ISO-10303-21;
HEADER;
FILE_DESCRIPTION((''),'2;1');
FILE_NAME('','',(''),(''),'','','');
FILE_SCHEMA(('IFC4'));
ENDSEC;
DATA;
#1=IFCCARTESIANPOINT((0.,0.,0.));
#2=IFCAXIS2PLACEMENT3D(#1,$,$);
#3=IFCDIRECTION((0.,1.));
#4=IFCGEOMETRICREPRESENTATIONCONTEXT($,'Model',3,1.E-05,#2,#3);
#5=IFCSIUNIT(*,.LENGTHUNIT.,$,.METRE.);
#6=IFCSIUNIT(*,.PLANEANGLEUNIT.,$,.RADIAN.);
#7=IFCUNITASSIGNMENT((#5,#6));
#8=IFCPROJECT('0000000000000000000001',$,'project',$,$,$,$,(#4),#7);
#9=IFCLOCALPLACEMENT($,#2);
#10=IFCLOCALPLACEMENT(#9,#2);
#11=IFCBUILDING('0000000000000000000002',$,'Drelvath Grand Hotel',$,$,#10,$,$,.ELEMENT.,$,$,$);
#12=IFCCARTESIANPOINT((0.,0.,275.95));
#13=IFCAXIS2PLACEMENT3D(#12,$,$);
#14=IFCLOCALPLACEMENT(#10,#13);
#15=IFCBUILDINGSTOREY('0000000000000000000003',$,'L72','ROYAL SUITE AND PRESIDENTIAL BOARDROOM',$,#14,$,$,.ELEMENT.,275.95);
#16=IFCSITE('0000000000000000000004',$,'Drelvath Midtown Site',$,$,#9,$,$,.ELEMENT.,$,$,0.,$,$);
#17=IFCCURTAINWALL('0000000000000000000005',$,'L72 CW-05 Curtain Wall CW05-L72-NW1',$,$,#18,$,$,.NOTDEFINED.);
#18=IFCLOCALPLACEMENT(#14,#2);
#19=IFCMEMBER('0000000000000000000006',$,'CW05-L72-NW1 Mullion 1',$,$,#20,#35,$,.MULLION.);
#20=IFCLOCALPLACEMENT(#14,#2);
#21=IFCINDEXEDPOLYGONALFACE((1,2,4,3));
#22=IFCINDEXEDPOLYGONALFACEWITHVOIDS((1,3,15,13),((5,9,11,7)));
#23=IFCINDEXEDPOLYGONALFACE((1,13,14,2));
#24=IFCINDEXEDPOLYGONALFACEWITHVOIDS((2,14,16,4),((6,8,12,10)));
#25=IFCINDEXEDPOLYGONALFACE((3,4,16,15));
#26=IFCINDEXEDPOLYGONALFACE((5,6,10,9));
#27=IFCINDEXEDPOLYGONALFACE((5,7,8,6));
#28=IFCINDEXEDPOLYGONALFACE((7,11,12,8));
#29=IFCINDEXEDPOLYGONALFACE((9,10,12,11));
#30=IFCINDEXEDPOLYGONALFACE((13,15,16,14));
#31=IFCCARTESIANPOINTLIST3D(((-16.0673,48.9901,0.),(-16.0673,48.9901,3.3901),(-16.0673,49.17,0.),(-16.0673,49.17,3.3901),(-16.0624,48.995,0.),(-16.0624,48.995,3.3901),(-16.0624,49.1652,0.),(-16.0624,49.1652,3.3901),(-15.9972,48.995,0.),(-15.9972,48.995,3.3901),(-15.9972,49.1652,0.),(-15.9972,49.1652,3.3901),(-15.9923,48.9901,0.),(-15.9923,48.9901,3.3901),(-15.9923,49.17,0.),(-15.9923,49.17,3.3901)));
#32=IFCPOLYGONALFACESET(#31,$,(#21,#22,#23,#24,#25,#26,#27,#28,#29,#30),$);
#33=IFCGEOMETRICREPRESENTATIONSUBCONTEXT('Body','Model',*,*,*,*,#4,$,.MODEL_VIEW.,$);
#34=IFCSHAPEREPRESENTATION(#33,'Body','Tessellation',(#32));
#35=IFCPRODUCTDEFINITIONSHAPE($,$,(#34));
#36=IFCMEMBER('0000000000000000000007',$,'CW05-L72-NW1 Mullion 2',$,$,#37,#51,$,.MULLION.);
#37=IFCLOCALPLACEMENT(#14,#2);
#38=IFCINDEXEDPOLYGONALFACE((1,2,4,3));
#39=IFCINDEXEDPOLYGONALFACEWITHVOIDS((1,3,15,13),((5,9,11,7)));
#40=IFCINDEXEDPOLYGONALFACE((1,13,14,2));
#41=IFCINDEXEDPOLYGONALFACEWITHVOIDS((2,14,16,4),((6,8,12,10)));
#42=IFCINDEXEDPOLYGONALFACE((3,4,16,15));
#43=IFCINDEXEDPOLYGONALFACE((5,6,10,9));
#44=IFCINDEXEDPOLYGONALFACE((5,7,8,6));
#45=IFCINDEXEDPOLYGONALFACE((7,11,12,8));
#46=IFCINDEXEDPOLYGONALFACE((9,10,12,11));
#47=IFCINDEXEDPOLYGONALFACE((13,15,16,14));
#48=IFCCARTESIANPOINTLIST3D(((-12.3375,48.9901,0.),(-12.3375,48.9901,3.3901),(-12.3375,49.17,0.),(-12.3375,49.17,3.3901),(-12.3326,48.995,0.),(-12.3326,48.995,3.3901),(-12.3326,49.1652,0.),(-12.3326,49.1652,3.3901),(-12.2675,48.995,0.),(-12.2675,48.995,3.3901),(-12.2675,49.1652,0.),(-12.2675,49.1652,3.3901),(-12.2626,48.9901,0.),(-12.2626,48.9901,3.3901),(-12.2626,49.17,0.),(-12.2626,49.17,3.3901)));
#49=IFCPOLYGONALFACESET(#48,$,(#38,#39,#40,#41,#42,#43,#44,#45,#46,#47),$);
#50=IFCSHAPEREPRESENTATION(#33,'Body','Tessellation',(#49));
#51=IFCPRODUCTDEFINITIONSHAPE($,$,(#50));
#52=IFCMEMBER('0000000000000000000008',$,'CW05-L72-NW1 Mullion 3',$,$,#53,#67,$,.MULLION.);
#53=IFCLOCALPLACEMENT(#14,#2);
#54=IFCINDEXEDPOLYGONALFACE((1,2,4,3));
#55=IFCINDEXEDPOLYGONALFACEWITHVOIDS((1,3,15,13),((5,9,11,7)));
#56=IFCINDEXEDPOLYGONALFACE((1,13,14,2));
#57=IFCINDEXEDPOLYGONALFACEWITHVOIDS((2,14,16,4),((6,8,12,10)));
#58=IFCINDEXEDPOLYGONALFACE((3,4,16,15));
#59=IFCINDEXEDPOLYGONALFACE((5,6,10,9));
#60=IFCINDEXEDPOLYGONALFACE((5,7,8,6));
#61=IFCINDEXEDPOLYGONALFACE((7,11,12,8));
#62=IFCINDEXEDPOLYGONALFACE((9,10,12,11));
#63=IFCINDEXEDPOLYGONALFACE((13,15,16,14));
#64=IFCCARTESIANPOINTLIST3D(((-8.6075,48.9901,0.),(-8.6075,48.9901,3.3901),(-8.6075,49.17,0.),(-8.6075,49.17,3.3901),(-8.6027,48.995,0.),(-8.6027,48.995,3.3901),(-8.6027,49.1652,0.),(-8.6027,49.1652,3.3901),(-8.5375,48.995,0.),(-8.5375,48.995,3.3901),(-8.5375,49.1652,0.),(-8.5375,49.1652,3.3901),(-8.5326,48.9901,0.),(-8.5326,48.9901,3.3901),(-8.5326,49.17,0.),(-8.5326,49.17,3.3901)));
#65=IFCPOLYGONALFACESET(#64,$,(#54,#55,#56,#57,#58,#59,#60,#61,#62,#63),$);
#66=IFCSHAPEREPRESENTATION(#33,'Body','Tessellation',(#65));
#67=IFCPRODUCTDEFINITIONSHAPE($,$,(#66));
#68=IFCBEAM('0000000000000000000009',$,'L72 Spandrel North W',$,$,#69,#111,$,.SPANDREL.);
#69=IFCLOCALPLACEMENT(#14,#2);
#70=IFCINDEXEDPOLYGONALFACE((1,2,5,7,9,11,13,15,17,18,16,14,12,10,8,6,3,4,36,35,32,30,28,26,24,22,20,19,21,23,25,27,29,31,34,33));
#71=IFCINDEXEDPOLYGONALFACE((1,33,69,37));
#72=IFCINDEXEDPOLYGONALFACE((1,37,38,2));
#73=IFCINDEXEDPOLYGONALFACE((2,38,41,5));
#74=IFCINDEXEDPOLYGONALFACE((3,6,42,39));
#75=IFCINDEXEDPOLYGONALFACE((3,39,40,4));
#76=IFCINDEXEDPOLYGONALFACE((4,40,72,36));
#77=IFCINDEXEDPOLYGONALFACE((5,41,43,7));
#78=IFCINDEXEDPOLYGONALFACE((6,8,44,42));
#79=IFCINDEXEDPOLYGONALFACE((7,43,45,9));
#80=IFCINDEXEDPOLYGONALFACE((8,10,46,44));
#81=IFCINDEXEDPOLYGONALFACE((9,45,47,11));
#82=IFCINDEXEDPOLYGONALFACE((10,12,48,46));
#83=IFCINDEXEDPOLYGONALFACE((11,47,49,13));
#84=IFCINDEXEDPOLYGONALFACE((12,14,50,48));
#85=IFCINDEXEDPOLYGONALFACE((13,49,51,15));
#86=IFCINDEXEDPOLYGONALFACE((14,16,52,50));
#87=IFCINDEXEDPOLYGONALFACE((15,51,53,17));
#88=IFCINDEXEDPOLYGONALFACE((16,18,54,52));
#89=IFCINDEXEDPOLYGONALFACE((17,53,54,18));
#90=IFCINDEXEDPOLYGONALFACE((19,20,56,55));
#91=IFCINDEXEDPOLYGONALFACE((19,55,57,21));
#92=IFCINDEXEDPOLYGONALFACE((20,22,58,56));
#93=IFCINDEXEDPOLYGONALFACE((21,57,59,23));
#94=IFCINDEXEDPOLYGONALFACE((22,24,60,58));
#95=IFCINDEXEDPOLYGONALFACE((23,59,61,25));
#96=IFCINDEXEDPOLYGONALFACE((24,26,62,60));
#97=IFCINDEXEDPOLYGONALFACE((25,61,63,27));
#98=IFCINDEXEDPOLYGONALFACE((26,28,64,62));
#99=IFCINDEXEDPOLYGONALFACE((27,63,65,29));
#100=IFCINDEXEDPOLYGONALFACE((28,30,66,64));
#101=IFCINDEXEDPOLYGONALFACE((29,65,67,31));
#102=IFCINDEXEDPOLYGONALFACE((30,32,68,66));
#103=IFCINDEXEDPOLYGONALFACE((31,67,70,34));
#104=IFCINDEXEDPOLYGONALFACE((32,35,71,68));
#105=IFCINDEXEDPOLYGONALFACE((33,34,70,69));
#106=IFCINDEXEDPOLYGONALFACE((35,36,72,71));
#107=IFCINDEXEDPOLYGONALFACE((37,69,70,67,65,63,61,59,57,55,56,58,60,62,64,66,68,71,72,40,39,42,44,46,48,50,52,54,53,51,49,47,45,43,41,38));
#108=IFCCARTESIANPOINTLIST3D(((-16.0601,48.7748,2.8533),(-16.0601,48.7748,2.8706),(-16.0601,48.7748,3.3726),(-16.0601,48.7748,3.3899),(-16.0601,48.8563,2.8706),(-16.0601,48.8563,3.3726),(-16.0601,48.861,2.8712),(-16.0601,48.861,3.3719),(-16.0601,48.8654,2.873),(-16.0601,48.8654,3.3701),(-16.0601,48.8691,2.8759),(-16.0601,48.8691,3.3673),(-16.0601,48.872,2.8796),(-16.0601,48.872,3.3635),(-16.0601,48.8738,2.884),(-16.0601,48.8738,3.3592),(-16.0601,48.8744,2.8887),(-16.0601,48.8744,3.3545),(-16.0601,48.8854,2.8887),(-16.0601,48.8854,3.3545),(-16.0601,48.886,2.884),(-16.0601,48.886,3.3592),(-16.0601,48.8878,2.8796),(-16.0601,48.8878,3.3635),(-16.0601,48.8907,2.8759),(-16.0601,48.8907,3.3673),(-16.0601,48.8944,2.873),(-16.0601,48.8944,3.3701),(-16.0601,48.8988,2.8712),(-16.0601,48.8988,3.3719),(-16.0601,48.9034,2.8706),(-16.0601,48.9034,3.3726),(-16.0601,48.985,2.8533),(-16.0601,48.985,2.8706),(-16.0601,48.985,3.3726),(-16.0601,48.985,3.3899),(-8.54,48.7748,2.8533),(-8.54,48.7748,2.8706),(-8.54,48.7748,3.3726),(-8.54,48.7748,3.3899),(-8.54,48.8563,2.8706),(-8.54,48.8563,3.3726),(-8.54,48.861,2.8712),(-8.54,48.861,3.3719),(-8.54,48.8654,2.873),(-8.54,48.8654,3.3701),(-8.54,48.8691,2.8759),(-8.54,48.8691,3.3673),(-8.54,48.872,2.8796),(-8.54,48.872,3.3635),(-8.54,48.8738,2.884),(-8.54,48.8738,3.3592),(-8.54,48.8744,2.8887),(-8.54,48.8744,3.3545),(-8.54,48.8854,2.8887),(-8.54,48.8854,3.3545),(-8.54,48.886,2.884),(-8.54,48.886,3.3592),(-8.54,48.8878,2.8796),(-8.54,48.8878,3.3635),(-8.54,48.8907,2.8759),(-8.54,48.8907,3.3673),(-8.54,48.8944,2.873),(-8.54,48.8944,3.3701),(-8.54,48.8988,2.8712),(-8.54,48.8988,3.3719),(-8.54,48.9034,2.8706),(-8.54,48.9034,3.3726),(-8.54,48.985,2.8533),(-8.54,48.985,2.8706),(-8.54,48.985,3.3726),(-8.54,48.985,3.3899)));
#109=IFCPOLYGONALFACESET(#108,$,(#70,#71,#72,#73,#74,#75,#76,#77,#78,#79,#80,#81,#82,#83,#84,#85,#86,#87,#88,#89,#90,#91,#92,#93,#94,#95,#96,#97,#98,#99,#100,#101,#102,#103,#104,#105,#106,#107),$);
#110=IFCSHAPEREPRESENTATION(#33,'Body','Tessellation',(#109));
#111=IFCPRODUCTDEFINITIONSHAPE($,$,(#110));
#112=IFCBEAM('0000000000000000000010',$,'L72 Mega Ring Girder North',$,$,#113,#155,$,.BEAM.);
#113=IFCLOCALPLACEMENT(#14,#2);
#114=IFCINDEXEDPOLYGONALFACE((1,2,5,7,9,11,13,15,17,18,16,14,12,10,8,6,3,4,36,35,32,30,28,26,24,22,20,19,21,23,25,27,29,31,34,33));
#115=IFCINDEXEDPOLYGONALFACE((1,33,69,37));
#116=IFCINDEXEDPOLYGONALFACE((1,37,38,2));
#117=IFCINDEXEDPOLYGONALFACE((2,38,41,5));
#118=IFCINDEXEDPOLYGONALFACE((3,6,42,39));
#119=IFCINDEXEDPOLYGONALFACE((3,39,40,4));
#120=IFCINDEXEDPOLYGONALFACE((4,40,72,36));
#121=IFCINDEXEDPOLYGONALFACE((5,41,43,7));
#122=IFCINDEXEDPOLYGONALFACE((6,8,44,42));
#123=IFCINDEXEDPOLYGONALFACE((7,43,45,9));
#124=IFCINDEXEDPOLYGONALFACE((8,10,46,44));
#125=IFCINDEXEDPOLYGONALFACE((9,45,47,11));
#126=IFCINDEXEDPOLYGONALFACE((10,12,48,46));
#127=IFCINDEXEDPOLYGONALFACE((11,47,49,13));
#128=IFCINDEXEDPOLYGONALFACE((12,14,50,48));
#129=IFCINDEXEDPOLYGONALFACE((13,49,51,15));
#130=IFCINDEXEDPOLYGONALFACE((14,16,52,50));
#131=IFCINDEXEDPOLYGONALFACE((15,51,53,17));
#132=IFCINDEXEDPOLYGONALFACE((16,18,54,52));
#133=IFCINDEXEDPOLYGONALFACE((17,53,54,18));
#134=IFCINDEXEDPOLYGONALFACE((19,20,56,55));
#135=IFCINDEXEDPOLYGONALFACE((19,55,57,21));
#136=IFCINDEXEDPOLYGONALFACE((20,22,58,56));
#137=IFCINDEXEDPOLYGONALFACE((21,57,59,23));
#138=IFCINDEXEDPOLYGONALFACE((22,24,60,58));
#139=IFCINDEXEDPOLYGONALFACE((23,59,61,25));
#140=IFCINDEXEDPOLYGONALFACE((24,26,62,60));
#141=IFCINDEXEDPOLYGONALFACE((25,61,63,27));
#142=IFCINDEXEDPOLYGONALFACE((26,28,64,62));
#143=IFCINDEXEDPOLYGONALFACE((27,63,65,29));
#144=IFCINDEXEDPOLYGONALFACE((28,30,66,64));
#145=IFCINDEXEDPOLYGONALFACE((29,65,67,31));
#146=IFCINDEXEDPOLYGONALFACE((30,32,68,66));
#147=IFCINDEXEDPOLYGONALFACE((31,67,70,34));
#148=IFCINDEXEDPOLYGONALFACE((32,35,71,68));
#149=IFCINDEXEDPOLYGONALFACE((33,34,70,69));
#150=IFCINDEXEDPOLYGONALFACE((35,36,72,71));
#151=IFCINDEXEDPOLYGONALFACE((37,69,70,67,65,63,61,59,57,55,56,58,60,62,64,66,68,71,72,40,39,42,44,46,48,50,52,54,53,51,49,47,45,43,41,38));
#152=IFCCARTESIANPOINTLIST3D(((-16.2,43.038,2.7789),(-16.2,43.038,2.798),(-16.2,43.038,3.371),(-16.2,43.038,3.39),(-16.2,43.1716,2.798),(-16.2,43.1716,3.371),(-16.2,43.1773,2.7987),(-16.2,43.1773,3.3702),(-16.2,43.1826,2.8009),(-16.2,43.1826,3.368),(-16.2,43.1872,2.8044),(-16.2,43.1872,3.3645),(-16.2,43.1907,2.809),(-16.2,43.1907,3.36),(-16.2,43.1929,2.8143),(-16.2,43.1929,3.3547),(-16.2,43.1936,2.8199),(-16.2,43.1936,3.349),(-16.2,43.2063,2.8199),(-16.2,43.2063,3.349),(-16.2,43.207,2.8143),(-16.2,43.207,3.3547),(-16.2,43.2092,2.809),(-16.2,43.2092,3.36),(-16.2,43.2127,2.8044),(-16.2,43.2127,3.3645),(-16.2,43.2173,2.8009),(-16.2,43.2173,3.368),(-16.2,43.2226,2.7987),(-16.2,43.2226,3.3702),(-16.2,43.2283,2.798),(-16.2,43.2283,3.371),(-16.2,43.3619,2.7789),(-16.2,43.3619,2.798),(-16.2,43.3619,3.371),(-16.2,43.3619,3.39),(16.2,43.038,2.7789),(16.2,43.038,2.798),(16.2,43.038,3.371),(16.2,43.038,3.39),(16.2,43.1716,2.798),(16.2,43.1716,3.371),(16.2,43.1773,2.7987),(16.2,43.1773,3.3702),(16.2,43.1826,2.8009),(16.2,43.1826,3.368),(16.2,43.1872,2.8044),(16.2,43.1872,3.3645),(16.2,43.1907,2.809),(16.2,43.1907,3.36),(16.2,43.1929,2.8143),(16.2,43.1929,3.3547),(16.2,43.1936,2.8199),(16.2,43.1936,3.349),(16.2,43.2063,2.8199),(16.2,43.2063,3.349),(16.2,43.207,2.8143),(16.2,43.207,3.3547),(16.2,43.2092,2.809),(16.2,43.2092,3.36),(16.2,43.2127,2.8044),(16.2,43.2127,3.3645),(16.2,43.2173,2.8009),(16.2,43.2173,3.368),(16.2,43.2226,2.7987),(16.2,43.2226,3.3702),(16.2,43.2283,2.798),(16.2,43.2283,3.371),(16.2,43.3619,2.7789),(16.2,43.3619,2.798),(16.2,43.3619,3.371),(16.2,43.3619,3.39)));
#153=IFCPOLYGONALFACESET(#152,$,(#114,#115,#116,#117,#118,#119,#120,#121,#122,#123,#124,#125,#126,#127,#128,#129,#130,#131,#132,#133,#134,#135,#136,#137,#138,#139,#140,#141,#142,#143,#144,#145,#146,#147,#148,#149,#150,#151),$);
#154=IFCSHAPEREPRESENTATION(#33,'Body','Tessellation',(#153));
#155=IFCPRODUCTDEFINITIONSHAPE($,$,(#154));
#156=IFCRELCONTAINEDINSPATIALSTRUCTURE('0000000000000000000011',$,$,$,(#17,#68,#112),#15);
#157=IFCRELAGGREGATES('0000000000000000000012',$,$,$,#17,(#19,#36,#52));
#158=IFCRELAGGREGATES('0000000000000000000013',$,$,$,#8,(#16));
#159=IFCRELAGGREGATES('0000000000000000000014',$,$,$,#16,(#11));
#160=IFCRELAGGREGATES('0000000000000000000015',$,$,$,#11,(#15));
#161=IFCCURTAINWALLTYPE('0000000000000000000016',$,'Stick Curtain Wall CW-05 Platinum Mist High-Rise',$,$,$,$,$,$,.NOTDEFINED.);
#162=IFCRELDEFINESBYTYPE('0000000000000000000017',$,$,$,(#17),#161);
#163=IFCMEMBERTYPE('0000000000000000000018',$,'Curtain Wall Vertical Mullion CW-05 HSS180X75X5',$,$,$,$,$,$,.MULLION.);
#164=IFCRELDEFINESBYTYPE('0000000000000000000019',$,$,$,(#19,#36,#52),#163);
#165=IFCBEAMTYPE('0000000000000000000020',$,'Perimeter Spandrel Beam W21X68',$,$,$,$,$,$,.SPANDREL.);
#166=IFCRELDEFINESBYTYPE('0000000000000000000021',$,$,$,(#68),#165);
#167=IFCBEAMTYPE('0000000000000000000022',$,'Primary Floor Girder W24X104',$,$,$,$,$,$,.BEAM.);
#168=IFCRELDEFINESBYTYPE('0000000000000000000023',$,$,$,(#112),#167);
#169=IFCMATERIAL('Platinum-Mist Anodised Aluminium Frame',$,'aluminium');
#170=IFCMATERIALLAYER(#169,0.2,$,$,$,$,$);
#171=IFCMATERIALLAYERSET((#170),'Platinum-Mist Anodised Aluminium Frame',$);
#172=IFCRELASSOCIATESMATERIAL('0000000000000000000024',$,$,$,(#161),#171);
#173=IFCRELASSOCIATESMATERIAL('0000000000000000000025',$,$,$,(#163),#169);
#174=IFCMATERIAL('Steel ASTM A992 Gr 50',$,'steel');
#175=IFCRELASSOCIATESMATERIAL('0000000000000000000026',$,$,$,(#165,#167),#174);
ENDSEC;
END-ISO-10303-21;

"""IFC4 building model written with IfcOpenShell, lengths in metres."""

from ifc_helpers import new_model, si_unit, direction, frame, origin, origin_2d, place, context, subcontext, project, spatial, hollow_rectangle, i_section, extrude, material, layer, layer_set, material_profile, profile_set, type_object, element, aggregate, save


model = new_model("IFC4")

# Units and contexts
model_context = context("Model", 3, precision=1e-05, world=origin(), true_north=direction((0.0, 1.0)))
body_context = subcontext(model_context, "Body", "Model", "MODEL_VIEW")
ifc_project = project(units=[si_unit("LENGTHUNIT", "METRE"), si_unit("PLANEANGLEUNIT", "RADIAN")], contexts=[model_context])

# Site, building, storey
site_placement = place(None, origin())
site = spatial("IfcSite", under=ifc_project, at=site_placement, Name="Drelvath Midtown Site", CompositionType="ELEMENT", RefElevation=0.0)
building_placement = place(site_placement, origin())
building = spatial("IfcBuilding", under=site, at=building_placement, Name="Drelvath Grand Hotel", CompositionType="ELEMENT")
storey_placement = place(building_placement, frame((0.0, 0.0, 275.95)))
storey = spatial("IfcBuildingStorey", under=building, at=storey_placement, Name="L72", Description="ROYAL SUITE AND PRESIDENTIAL BOARDROOM", CompositionType="ELEMENT", Elevation=275.95)

# Shared definitions
ifc_material_1 = material(Name="Steel ASTM A992 Gr 50", Category="steel")

# Curtain wall, members
ifc_material_2 = material(Name="Platinum-Mist Anodised Aluminium Frame", Category="aluminium")
ifc_layer_1 = layer(ifc_material_2, 0.2)
ifc_layer_set_1 = layer_set([ifc_layer_1], Name="Platinum-Mist Anodised Aluminium Frame")
curtain_wall_type = type_object("IfcCurtainWallType", Name="Stick Curtain Wall CW-05 Platinum Mist High-Rise", PredefinedType="NOTDEFINED", material=ifc_layer_set_1)
curtain_wall_placement = place(storey_placement, origin())
curtain_wall = element("IfcCurtainWall", 1, at=curtain_wall_placement, inside=storey, type_object=curtain_wall_type, Name="L72 CW-05 Curtain Wall CW05-L72-NW1", PredefinedType="NOTDEFINED")
ifc_material_profile_1 = material_profile(ifc_material_2, hollow_rectangle(XDim=0.075, YDim=0.1799, WallThickness=0.0049, at=origin_2d()), Name="HSS180X75X5")
ifc_profile_set_1 = profile_set([ifc_material_profile_1], Name="Platinum-Mist Anodised Aluminium Frame")
member_type_1 = type_object("IfcMemberType", Name="Curtain Wall Vertical Mullion CW-05 HSS180X75X5", PredefinedType="MULLION", material=ifc_profile_set_1)
member_1_placement = place(storey_placement, frame((-16.0298, 49.0801, 0.0), z_axis=(0.0, 0.0, 1.0), x_axis=(1.0, 0.0, 0.0)))
member_1 = element("IfcMember", 2, at=member_1_placement, type_object=member_type_1, Name="CW05-L72-NW1 Mullion 1", PredefinedType="MULLION", context=body_context, shape_type="SweptSolid", body=[
    extrude(hollow_rectangle(XDim=0.075, YDim=0.1799, WallThickness=0.0049, at=origin_2d()), origin(), (0.0, 0.0, 1.0), 3.3901),
])
member_2_placement = place(storey_placement, frame((-12.3, 49.0801, 0.0), z_axis=(0.0, 0.0, 1.0), x_axis=(1.0, 0.0, 0.0)))
member_2 = element("IfcMember", 3, at=member_2_placement, type_object=member_type_1, Name="CW05-L72-NW1 Mullion 2", PredefinedType="MULLION", context=body_context, shape_type="SweptSolid", body=[
    extrude(hollow_rectangle(XDim=0.075, YDim=0.1799, WallThickness=0.0049, at=origin_2d()), origin(), (0.0, 0.0, 1.0), 3.3901),
])
member_3_placement = place(storey_placement, frame((-8.5701, 49.0801, 0.0), z_axis=(0.0, 0.0, 1.0), x_axis=(1.0, 0.0, 0.0)))
member_3 = element("IfcMember", 4, at=member_3_placement, type_object=member_type_1, Name="CW05-L72-NW1 Mullion 3", PredefinedType="MULLION", context=body_context, shape_type="SweptSolid", body=[
    extrude(hollow_rectangle(XDim=0.075, YDim=0.1799, WallThickness=0.0049, at=origin_2d()), origin(), (0.0, 0.0, 1.0), 3.3901),
])

# Beams
ifc_material_profile_2 = material_profile(ifc_material_1, i_section(OverallWidth=0.2102, OverallDepth=0.5366, WebThickness=0.011, FlangeThickness=0.0173, FilletRadius=0.0181, at=origin_2d()), Name="W21X68")
ifc_profile_set_2 = profile_set([ifc_material_profile_2], Name="Steel ASTM A992 Gr 50")
beam_type_1 = type_object("IfcBeamType", Name="Perimeter Spandrel Beam W21X68", PredefinedType="SPANDREL", material=ifc_profile_set_2)
beam_1_placement = place(storey_placement, frame((-16.0601, 48.8799, 3.1216), z_axis=(1.0, 0.0, 0.0), x_axis=(0.0, 1.0, 0.0)))
element("IfcBeam", 5, at=beam_1_placement, inside=storey, type_object=beam_type_1, Name="L72 Spandrel North W", PredefinedType="SPANDREL", context=body_context, shape_type="SweptSolid", body=[
    extrude(i_section(OverallWidth=0.2102, OverallDepth=0.5366, WebThickness=0.011, FlangeThickness=0.0173, FilletRadius=0.0181, at=origin_2d()), origin(), (0.0, 0.0, 1.0), 7.52),
])
ifc_material_profile_3 = material_profile(ifc_material_1, i_section(OverallWidth=0.324, OverallDepth=0.6111, WebThickness=0.0127, FlangeThickness=0.019, FilletRadius=0.022, at=origin_2d()), Name="W24X104")
ifc_profile_set_3 = profile_set([ifc_material_profile_3], Name="Steel ASTM A992 Gr 50")
beam_type_2 = type_object("IfcBeamType", Name="Primary Floor Girder W24X104", PredefinedType="BEAM", material=ifc_profile_set_3)
beam_2_placement = place(storey_placement, frame((-16.2, 43.2, 3.0845), z_axis=(1.0, 0.0, 0.0), x_axis=(0.0, 1.0, 0.0)))
element("IfcBeam", 6, at=beam_2_placement, inside=storey, type_object=beam_type_2, Name="L72 Mega Ring Girder North", PredefinedType="BEAM", context=body_context, shape_type="SweptSolid", body=[
    extrude(i_section(OverallWidth=0.324, OverallDepth=0.6111, WebThickness=0.0127, FlangeThickness=0.019, FilletRadius=0.022, at=origin_2d()), origin(), (0.0, 0.0, 1.0), 32.3999),
])

aggregate(curtain_wall, [member_1, member_2, member_3])

save(model, "model.ifc")
